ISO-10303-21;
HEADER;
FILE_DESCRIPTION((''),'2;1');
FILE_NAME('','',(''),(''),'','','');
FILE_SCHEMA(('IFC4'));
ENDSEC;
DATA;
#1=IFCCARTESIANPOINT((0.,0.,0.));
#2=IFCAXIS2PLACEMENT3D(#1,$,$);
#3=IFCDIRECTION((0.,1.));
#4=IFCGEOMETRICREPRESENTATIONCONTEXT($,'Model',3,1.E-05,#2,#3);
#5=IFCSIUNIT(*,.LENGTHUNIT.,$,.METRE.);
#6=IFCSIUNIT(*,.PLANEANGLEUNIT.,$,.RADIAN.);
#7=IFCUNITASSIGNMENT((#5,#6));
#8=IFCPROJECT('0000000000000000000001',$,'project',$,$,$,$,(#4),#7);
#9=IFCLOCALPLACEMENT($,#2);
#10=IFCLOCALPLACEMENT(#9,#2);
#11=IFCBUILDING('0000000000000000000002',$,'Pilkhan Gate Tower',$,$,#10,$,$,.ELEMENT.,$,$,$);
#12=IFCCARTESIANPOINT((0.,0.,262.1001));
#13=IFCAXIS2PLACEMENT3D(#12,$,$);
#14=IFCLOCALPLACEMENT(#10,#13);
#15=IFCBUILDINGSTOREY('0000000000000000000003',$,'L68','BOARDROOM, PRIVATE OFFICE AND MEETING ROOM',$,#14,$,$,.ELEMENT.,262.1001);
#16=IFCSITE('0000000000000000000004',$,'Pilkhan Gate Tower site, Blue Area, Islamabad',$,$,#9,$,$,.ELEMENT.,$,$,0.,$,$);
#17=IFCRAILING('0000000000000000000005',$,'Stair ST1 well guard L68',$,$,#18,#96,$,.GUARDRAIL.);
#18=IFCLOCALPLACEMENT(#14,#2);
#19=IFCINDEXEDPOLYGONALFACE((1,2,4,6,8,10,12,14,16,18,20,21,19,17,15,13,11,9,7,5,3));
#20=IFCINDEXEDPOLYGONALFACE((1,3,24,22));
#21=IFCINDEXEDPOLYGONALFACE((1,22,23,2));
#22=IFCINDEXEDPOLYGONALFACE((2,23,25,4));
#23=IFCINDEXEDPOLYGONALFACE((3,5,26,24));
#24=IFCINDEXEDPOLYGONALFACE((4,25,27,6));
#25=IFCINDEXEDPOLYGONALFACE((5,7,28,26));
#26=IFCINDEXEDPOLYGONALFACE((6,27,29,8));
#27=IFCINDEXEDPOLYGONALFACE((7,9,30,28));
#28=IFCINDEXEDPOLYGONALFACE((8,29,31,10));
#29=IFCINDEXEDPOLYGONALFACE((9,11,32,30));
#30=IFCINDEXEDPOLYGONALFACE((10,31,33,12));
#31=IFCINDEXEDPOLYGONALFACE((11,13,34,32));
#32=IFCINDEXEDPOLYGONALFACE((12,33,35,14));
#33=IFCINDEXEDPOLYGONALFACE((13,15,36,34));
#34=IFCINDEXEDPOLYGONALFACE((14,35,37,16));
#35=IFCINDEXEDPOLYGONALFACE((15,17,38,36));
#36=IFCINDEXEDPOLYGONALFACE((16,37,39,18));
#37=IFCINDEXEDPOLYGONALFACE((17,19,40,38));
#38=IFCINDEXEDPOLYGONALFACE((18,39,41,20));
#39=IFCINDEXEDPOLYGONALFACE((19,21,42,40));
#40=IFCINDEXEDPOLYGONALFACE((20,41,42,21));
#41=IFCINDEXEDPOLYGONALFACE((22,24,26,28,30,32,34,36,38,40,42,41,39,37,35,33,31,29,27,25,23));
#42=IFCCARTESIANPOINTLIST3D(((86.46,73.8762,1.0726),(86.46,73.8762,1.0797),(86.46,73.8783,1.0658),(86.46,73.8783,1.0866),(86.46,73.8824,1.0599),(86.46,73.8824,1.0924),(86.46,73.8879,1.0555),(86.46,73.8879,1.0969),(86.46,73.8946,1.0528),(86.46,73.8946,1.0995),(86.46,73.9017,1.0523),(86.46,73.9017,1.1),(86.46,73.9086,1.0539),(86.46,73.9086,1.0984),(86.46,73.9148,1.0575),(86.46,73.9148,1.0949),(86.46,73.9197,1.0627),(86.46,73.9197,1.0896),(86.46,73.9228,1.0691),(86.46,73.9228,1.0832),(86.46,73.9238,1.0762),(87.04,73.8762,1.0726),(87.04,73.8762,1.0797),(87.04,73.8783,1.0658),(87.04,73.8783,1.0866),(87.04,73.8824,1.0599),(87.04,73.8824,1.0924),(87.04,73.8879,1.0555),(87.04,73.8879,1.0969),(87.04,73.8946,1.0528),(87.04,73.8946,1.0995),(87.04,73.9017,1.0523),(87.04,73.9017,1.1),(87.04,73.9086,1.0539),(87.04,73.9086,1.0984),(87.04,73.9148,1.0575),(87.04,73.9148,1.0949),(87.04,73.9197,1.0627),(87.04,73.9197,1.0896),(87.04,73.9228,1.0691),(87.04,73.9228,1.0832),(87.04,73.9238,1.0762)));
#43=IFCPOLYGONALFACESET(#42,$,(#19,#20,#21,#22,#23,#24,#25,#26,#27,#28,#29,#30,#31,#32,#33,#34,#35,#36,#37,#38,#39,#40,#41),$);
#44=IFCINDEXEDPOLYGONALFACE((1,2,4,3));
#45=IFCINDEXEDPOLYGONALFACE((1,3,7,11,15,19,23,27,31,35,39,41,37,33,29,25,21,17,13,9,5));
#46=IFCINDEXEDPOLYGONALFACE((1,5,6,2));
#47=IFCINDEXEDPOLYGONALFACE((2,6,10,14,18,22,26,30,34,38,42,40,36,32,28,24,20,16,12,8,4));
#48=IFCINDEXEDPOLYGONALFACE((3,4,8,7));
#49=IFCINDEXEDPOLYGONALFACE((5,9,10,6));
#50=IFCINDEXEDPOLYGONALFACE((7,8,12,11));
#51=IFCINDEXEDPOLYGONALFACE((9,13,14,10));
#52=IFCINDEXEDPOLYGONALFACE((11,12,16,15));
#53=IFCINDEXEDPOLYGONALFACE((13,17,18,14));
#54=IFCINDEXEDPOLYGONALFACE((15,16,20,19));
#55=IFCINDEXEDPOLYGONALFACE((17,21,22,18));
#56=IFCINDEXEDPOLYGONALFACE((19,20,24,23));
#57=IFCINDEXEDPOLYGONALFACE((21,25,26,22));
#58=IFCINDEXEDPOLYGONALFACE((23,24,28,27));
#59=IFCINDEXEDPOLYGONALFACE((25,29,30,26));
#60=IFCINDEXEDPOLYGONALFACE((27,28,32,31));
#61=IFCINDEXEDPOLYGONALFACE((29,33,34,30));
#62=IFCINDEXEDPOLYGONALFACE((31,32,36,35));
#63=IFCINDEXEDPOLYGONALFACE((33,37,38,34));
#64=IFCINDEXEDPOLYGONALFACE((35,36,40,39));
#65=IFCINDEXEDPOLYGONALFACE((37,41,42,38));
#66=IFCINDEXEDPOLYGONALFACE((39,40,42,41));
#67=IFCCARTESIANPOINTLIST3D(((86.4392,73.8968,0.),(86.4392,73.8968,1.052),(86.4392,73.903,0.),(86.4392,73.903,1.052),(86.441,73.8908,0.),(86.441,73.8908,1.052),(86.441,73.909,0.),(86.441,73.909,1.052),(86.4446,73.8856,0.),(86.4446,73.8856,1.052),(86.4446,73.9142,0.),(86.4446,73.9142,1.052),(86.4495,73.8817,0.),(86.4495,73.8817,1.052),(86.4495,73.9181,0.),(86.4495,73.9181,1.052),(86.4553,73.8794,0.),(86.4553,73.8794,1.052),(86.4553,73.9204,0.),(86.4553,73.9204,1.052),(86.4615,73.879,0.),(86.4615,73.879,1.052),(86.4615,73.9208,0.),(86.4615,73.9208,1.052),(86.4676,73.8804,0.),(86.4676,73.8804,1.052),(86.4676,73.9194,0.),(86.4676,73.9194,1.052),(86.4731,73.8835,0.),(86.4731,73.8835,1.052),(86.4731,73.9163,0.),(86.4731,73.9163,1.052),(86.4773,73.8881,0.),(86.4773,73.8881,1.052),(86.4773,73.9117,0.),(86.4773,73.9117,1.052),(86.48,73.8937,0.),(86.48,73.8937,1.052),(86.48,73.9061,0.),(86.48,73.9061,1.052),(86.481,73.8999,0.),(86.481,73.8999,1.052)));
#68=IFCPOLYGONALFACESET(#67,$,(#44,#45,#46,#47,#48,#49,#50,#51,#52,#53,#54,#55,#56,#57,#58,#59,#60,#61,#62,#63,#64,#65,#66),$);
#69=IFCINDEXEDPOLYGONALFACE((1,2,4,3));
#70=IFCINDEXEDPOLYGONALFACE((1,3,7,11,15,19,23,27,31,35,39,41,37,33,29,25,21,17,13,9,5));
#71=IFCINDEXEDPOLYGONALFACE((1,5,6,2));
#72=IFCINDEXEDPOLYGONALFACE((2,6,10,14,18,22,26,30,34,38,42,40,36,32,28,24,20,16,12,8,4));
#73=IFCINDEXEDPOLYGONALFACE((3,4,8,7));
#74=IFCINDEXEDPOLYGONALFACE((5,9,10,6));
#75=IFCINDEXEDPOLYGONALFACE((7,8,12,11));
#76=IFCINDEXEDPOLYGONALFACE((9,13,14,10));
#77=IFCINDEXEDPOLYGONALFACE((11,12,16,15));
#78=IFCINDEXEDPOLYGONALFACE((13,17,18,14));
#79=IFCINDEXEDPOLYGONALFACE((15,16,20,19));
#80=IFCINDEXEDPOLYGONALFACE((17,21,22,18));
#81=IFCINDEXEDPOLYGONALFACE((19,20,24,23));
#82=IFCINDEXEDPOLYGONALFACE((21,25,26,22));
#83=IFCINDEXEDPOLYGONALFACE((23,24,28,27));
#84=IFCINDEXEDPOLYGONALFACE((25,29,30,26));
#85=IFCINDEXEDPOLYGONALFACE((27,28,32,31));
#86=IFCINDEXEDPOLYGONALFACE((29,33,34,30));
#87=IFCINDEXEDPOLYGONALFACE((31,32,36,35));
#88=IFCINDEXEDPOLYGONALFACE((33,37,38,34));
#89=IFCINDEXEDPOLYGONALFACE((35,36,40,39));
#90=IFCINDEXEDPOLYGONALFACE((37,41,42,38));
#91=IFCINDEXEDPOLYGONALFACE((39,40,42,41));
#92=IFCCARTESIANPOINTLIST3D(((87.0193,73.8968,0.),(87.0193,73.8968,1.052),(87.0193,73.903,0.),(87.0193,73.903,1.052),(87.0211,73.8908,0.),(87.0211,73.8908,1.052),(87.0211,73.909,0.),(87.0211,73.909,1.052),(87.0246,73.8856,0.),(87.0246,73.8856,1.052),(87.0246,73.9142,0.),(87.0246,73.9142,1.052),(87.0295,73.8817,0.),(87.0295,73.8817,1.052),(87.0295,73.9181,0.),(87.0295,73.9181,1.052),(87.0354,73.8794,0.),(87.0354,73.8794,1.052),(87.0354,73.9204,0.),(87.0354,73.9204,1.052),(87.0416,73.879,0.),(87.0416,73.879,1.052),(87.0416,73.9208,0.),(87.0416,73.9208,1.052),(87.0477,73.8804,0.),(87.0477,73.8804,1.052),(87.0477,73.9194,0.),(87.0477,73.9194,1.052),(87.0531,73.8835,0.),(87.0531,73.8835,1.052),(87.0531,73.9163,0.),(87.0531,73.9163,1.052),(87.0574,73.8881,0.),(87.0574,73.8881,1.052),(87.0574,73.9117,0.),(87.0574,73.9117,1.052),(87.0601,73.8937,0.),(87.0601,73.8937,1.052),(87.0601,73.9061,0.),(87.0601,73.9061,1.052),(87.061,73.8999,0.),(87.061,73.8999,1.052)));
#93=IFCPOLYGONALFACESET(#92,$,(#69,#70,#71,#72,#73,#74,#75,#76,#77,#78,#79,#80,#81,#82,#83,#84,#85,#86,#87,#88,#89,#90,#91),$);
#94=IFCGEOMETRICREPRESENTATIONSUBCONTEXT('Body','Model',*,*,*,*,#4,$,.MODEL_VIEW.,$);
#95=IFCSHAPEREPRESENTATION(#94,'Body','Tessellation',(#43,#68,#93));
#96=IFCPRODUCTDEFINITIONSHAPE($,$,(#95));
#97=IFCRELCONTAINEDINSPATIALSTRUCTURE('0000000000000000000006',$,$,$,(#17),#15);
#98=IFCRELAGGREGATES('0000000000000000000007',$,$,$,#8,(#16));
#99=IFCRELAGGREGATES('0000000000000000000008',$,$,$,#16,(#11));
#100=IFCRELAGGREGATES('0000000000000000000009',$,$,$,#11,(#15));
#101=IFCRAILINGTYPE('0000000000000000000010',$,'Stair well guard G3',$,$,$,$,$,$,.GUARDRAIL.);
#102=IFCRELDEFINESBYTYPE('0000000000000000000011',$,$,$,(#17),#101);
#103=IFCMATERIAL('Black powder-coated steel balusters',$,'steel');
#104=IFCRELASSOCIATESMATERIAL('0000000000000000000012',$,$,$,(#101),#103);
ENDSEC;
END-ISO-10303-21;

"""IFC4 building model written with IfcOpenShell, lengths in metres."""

from ifc_helpers import new_model, si_unit, direction, frame, origin, origin_2d, place, context, subcontext, project, spatial, circle, extrude, material, type_object, element, save


model = new_model("IFC4")

# Units and contexts
model_context = context("Model", 3, precision=1e-05, world=origin(), true_north=direction((0.0, 1.0)))
body_context = subcontext(model_context, "Body", "Model", "MODEL_VIEW")
ifc_project = project(units=[si_unit("LENGTHUNIT", "METRE"), si_unit("PLANEANGLEUNIT", "RADIAN")], contexts=[model_context])

# Site, building, storey
site_placement = place(None, origin())
site = spatial("IfcSite", under=ifc_project, at=site_placement, Name="Pilkhan Gate Tower site, Blue Area, Islamabad", CompositionType="ELEMENT", RefElevation=0.0)
building_placement = place(site_placement, origin())
building = spatial("IfcBuilding", under=site, at=building_placement, Name="Pilkhan Gate Tower", CompositionType="ELEMENT")
storey_placement = place(building_placement, frame((0.0, 0.0, 262.1001)))
storey = spatial("IfcBuildingStorey", under=building, at=storey_placement, Name="L68", Description="BOARDROOM, PRIVATE OFFICE AND MEETING ROOM", CompositionType="ELEMENT", Elevation=262.1001)

# Railing
ifc_material_1 = material(Name="Black powder-coated steel balusters", Category="steel")
railing_type_1 = type_object("IfcRailingType", Name="Stair well guard G3", PredefinedType="GUARDRAIL", material=ifc_material_1)
railing_1_placement = place(storey_placement, frame((86.46, 73.8999, 0.0)))
element("IfcRailing", 1, at=railing_1_placement, inside=storey, type_object=railing_type_1, Name="Stair ST1 well guard L68", PredefinedType="GUARDRAIL", context=body_context, shape_type="SweptSolid", body=[
    extrude(circle(Radius=0.0239, at=origin_2d()), frame((0.0, 0.0, 1.0762), z_axis=(1.0, 0.0, 0.0), x_axis=(0.0, 1.0, 0.0)), (0.0, 0.0, 1.0), 0.5801),
    extrude(circle(Radius=0.021, at=origin_2d()), origin(), (0.0, 0.0, 1.0), 1.052),
    extrude(circle(Radius=0.021, at=origin_2d()), frame((0.5801, 0.0, 0.0)), (0.0, 0.0, 1.0), 1.052),
])

save(model, "model.ifc")
